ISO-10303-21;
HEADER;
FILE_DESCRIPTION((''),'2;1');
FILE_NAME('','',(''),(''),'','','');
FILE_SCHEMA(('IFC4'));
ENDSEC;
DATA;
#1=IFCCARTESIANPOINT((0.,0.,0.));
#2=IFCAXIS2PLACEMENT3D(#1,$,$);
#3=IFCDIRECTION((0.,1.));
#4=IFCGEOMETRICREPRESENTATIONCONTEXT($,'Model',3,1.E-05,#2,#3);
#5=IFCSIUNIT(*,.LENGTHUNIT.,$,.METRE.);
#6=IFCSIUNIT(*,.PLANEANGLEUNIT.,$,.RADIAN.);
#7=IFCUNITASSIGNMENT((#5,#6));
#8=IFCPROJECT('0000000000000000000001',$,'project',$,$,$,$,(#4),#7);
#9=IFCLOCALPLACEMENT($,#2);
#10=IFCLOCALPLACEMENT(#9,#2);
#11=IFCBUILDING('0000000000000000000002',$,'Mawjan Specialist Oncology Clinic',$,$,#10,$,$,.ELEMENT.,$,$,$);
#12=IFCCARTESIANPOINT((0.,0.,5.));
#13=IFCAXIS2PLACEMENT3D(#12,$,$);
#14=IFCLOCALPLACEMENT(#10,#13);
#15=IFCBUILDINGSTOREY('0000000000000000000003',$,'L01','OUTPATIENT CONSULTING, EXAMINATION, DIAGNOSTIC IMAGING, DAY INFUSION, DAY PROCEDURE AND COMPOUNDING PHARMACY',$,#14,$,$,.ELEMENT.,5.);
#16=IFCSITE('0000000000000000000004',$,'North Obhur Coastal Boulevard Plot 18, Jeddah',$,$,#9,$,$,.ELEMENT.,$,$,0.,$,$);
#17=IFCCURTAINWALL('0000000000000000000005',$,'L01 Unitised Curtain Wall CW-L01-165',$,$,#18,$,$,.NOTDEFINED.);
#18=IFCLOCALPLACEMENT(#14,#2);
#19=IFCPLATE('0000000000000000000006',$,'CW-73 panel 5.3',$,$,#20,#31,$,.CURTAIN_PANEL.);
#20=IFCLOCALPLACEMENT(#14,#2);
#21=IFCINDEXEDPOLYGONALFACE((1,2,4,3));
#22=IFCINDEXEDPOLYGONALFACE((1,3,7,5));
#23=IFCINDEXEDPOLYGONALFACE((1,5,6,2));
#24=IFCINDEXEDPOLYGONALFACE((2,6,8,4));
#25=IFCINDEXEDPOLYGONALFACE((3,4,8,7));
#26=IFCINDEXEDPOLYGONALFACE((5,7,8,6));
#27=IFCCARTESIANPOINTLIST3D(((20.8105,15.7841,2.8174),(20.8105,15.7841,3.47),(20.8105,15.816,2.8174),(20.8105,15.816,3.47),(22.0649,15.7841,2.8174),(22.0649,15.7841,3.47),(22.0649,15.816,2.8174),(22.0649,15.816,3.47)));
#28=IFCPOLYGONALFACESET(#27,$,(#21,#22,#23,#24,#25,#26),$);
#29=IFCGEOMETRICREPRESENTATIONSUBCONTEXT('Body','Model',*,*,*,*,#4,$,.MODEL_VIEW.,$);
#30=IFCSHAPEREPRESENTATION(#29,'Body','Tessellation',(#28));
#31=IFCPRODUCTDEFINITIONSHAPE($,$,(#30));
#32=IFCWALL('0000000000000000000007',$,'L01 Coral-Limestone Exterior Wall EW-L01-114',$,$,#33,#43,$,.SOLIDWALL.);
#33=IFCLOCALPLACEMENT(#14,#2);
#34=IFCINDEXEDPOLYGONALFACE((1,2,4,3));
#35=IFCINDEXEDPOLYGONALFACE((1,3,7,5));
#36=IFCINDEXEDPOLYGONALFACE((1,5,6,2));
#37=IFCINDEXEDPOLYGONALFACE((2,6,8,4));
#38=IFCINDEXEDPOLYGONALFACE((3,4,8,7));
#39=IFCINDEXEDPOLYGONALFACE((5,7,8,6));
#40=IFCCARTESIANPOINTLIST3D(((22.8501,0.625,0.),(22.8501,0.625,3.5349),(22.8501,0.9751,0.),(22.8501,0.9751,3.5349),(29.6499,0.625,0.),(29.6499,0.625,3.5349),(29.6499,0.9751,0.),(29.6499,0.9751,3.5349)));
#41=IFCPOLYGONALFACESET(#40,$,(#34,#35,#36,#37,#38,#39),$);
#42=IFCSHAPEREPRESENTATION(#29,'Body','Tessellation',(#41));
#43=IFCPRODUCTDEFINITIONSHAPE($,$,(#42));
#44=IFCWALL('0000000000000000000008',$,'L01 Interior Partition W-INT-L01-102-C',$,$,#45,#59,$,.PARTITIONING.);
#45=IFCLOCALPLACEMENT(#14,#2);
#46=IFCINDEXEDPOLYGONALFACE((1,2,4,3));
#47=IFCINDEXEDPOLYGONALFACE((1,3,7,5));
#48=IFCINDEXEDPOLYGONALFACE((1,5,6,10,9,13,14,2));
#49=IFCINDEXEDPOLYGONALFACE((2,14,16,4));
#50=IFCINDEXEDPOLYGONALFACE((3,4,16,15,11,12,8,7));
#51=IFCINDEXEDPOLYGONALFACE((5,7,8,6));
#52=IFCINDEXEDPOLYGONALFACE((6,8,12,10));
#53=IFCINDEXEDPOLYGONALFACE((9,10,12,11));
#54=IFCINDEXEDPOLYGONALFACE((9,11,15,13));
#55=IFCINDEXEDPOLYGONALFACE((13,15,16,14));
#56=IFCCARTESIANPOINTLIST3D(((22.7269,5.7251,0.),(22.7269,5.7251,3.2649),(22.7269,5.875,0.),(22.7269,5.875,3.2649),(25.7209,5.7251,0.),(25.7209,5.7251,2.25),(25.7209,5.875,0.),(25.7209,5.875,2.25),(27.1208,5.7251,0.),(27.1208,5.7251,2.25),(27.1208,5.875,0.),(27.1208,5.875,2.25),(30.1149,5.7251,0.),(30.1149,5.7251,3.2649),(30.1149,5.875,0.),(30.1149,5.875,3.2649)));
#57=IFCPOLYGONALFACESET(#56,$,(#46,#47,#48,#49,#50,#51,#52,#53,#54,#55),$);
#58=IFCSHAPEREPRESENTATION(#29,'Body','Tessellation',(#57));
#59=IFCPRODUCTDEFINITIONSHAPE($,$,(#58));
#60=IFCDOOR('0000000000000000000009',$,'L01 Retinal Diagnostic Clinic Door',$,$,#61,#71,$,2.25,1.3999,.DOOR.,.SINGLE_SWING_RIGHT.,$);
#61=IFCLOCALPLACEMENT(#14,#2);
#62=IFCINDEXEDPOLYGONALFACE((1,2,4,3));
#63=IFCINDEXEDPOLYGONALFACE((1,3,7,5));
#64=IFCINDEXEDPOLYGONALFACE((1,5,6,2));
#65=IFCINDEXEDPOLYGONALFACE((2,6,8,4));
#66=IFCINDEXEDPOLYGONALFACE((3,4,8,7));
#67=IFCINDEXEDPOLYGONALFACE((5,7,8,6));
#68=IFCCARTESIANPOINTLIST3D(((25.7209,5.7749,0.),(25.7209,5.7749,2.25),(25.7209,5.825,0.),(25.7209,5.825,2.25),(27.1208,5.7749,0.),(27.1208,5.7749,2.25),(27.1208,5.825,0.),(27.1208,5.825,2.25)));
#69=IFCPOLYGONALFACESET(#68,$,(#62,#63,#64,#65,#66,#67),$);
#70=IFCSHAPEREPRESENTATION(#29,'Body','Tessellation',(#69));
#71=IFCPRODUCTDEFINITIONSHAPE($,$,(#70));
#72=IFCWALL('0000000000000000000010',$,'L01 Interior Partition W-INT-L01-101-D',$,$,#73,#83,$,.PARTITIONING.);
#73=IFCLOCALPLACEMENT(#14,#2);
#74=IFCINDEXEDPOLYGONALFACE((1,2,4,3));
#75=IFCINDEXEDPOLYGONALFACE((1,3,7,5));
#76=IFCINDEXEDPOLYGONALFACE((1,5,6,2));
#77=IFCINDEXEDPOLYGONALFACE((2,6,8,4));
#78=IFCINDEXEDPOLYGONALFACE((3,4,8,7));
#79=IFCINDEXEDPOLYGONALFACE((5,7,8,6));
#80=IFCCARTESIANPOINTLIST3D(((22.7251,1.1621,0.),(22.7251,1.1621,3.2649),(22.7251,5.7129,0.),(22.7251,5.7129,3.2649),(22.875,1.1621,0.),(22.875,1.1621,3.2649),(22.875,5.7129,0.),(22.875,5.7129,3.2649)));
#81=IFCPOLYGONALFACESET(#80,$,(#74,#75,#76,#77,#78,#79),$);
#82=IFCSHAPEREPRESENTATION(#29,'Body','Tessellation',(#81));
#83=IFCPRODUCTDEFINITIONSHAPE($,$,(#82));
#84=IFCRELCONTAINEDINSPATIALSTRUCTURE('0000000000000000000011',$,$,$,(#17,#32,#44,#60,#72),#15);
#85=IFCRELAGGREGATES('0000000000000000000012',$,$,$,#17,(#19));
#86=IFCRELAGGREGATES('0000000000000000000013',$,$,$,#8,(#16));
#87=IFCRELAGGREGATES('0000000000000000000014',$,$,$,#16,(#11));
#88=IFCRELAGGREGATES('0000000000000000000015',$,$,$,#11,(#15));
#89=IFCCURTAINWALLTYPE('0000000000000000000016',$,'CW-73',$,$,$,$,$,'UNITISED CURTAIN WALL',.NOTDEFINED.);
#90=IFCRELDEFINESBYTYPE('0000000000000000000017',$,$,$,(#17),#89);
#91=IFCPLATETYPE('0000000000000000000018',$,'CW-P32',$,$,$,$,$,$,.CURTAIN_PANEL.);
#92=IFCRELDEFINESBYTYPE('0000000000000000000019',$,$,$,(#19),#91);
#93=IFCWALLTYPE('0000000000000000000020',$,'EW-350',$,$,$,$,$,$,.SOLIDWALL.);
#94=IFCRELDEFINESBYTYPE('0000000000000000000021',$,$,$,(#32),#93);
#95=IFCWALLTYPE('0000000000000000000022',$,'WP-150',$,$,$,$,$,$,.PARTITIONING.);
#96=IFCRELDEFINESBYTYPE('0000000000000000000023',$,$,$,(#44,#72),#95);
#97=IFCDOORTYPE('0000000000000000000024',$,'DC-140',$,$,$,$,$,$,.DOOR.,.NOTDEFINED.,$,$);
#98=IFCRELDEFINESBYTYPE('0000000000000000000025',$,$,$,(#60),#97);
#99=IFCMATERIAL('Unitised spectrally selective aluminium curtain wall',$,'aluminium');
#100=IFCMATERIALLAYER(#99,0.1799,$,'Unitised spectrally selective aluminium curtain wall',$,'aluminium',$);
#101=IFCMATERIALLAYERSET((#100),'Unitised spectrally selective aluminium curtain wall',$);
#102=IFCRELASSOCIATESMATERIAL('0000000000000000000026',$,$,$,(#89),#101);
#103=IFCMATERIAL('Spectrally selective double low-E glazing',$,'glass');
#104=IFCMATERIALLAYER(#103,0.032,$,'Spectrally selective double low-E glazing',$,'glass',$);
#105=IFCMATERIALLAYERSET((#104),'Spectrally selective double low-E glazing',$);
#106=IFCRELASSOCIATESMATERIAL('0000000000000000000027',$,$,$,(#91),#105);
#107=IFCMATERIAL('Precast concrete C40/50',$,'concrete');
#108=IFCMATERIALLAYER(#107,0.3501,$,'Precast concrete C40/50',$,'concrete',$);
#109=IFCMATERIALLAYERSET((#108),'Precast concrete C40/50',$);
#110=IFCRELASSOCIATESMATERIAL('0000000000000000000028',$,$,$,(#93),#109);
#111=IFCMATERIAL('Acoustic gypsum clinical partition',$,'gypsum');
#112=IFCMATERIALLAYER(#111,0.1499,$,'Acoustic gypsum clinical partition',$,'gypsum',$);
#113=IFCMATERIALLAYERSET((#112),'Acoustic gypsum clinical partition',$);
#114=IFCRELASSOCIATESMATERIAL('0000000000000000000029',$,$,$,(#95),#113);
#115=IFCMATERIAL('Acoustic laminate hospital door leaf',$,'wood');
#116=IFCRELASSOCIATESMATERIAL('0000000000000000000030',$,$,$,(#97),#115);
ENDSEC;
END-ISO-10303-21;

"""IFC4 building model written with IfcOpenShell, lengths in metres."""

from ifc_helpers import new_model, si_unit, direction, frame, frame_2d, origin, origin_2d, place, context, subcontext, project, spatial, rectangle, extrude, material, layer, layer_set, type_object, element, fill, aggregate, save


model = new_model("IFC4")

# Units and contexts
model_context = context("Model", 3, precision=1e-05, world=origin(), true_north=direction((0.0, 1.0)))
body_context = subcontext(model_context, "Body", "Model", "MODEL_VIEW")
ifc_project = project(units=[si_unit("LENGTHUNIT", "METRE"), si_unit("PLANEANGLEUNIT", "RADIAN")], contexts=[model_context])

# Site, building, storey
site_placement = place(None, origin())
site = spatial("IfcSite", under=ifc_project, at=site_placement, Name="North Obhur Coastal Boulevard Plot 18, Jeddah", CompositionType="ELEMENT", RefElevation=0.0)
building_placement = place(site_placement, origin())
building = spatial("IfcBuilding", under=site, at=building_placement, Name="Mawjan Specialist Oncology Clinic", CompositionType="ELEMENT")
storey_placement = place(building_placement, frame((0.0, 0.0, 5.0)))
storey = spatial("IfcBuildingStorey", under=building, at=storey_placement, Name="L01", Description="OUTPATIENT CONSULTING, EXAMINATION, DIAGNOSTIC IMAGING, DAY INFUSION, DAY PROCEDURE AND COMPOUNDING PHARMACY", CompositionType="ELEMENT", Elevation=5.0)

# Curtain wall
ifc_material_1 = material(Name="Unitised spectrally selective aluminium curtain wall", Category="aluminium")
ifc_layer_1 = layer(ifc_material_1, 0.1799, Name="Unitised spectrally selective aluminium curtain wall", Category="aluminium")
ifc_layer_set_1 = layer_set([ifc_layer_1], Name="Unitised spectrally selective aluminium curtain wall")
curtain_wall_type = type_object("IfcCurtainWallType", Name="CW-73", ElementType="UNITISED CURTAIN WALL", PredefinedType="NOTDEFINED", material=ifc_layer_set_1)
curtain_wall_1_placement = place(storey_placement, origin())
curtain_wall_1 = element("IfcCurtainWall", 1, at=curtain_wall_1_placement, inside=storey, type_object=curtain_wall_type, Name="L01 Unitised Curtain Wall CW-L01-165", PredefinedType="NOTDEFINED")

# Plate
ifc_material_2 = material(Name="Spectrally selective double low-E glazing", Category="glass")
ifc_layer_2 = layer(ifc_material_2, 0.032, Name="Spectrally selective double low-E glazing", Category="glass")
ifc_layer_set_2 = layer_set([ifc_layer_2], Name="Spectrally selective double low-E glazing")
plate_type = type_object("IfcPlateType", Name="CW-P32", PredefinedType="CURTAIN_PANEL", material=ifc_layer_set_2)
plate_1_placement = place(storey_placement, frame((21.4377, 15.8, 2.8174), z_axis=(0.0, 0.0, 1.0), x_axis=(1.0, 0.0, 0.0)))
plate_1 = element("IfcPlate", 2, at=plate_1_placement, type_object=plate_type, Name="CW-73 panel 5.3", PredefinedType="CURTAIN_PANEL", context=body_context, shape_type="SweptSolid", body=[
    extrude(rectangle(XDim=1.2544, YDim=0.032, at=origin_2d()), origin(), (0.0, 0.0, 1.0), 0.6526),
])
aggregate(curtain_wall_1, [plate_1])

# Wall
ifc_material_3 = material(Name="Precast concrete C40/50", Category="concrete")
ifc_layer_3 = layer(ifc_material_3, 0.3501, Name="Precast concrete C40/50", Category="concrete")
ifc_layer_set_3 = layer_set([ifc_layer_3], Name="Precast concrete C40/50")
wall_type_1 = type_object("IfcWallType", Name="EW-350", PredefinedType="SOLIDWALL", material=ifc_layer_set_3)
wall_1_placement = place(storey_placement, frame((29.6499, 0.8, 0.0), z_axis=(0.0, 0.0, 1.0), x_axis=(-1.0, 0.0, 0.0)))
element("IfcWall", 3, at=wall_1_placement, inside=storey, type_object=wall_type_1, Name="L01 Coral-Limestone Exterior Wall EW-L01-114", PredefinedType="SOLIDWALL", context=body_context, shape_type="SweptSolid", body=[
    extrude(rectangle(XDim=6.7998, YDim=0.3501, at=frame_2d((3.3999, 0.0))), origin(), (0.0, 0.0, 1.0), 3.5349),
])

# Wall, opening, door
ifc_material_4 = material(Name="Acoustic gypsum clinical partition", Category="gypsum")
ifc_layer_4 = layer(ifc_material_4, 0.1499, Name="Acoustic gypsum clinical partition", Category="gypsum")
ifc_layer_set_4 = layer_set([ifc_layer_4], Name="Acoustic gypsum clinical partition")
wall_type_2 = type_object("IfcWallType", Name="WP-150", PredefinedType="PARTITIONING", material=ifc_layer_set_4)
wall_2_placement = place(storey_placement, frame((22.7271, 5.8, 0.0), z_axis=(0.0, 0.0, 1.0), x_axis=(1.0, 0.0, 0.0)))
wall_2 = element("IfcWall", 4, at=wall_2_placement, inside=storey, type_object=wall_type_2, Name="L01 Interior Partition W-INT-L01-102-C", PredefinedType="PARTITIONING", context=body_context, shape_type="SweptSolid", body=[
    extrude(rectangle(XDim=7.3879, YDim=0.1499, at=frame_2d((3.6938, 0.0))), origin(), (0.0, 0.0, 1.0), 3.2649),
])
opening_placement = place(wall_2_placement, frame((2.9939, 0.0, 0.0)))
opening = element("IfcOpeningElement", 5, at=opening_placement, cuts=wall_2, PredefinedType="OPENING", context=body_context, shape_type="SweptSolid", body=[
    extrude(rectangle(XDim=1.3999, YDim=2.25, at=frame_2d((0.7, 1.125))), frame((0.0, 0.0869, 0.0), z_axis=(0.0, -1.0, 0.0), x_axis=(1.0, 0.0, 0.0)), (0.0, 0.0, 1.0), 0.1738),
])
ifc_material_5 = material(Name="Acoustic laminate hospital door leaf", Category="wood")
door_type = type_object("IfcDoorType", Name="DC-140", OperationType="NOTDEFINED", PredefinedType="DOOR", material=ifc_material_5)
door_placement = place(opening_placement, origin())
door = element("IfcDoor", 6, at=door_placement, inside=storey, type_object=door_type, Name="L01 Retinal Diagnostic Clinic Door", OperationType="SINGLE_SWING_RIGHT", OverallHeight=2.25, OverallWidth=1.3999, PredefinedType="DOOR", context=body_context, shape_type="SweptSolid", body=[
    extrude(rectangle(XDim=1.3999, YDim=2.25, at=frame_2d((0.7, 1.125))), frame((0.0, 0.0249, 0.0), z_axis=(0.0, -1.0, 0.0), x_axis=(1.0, 0.0, 0.0)), (0.0, 0.0, 1.0), 0.05),
])
fill(opening, door)

# Wall
wall_3_placement = place(storey_placement, frame((22.8, 1.1621, 0.0), z_axis=(0.0, 0.0, 1.0), x_axis=(0.0, 1.0, 0.0)))
element("IfcWall", 7, at=wall_3_placement, inside=storey, type_object=wall_type_2, Name="L01 Interior Partition W-INT-L01-101-D", PredefinedType="PARTITIONING", context=body_context, shape_type="SweptSolid", body=[
    extrude(rectangle(XDim=4.5508, YDim=0.1499, at=frame_2d((2.2754, 0.0))), origin(), (0.0, 0.0, 1.0), 3.2649),
])

save(model, "model.ifc")
